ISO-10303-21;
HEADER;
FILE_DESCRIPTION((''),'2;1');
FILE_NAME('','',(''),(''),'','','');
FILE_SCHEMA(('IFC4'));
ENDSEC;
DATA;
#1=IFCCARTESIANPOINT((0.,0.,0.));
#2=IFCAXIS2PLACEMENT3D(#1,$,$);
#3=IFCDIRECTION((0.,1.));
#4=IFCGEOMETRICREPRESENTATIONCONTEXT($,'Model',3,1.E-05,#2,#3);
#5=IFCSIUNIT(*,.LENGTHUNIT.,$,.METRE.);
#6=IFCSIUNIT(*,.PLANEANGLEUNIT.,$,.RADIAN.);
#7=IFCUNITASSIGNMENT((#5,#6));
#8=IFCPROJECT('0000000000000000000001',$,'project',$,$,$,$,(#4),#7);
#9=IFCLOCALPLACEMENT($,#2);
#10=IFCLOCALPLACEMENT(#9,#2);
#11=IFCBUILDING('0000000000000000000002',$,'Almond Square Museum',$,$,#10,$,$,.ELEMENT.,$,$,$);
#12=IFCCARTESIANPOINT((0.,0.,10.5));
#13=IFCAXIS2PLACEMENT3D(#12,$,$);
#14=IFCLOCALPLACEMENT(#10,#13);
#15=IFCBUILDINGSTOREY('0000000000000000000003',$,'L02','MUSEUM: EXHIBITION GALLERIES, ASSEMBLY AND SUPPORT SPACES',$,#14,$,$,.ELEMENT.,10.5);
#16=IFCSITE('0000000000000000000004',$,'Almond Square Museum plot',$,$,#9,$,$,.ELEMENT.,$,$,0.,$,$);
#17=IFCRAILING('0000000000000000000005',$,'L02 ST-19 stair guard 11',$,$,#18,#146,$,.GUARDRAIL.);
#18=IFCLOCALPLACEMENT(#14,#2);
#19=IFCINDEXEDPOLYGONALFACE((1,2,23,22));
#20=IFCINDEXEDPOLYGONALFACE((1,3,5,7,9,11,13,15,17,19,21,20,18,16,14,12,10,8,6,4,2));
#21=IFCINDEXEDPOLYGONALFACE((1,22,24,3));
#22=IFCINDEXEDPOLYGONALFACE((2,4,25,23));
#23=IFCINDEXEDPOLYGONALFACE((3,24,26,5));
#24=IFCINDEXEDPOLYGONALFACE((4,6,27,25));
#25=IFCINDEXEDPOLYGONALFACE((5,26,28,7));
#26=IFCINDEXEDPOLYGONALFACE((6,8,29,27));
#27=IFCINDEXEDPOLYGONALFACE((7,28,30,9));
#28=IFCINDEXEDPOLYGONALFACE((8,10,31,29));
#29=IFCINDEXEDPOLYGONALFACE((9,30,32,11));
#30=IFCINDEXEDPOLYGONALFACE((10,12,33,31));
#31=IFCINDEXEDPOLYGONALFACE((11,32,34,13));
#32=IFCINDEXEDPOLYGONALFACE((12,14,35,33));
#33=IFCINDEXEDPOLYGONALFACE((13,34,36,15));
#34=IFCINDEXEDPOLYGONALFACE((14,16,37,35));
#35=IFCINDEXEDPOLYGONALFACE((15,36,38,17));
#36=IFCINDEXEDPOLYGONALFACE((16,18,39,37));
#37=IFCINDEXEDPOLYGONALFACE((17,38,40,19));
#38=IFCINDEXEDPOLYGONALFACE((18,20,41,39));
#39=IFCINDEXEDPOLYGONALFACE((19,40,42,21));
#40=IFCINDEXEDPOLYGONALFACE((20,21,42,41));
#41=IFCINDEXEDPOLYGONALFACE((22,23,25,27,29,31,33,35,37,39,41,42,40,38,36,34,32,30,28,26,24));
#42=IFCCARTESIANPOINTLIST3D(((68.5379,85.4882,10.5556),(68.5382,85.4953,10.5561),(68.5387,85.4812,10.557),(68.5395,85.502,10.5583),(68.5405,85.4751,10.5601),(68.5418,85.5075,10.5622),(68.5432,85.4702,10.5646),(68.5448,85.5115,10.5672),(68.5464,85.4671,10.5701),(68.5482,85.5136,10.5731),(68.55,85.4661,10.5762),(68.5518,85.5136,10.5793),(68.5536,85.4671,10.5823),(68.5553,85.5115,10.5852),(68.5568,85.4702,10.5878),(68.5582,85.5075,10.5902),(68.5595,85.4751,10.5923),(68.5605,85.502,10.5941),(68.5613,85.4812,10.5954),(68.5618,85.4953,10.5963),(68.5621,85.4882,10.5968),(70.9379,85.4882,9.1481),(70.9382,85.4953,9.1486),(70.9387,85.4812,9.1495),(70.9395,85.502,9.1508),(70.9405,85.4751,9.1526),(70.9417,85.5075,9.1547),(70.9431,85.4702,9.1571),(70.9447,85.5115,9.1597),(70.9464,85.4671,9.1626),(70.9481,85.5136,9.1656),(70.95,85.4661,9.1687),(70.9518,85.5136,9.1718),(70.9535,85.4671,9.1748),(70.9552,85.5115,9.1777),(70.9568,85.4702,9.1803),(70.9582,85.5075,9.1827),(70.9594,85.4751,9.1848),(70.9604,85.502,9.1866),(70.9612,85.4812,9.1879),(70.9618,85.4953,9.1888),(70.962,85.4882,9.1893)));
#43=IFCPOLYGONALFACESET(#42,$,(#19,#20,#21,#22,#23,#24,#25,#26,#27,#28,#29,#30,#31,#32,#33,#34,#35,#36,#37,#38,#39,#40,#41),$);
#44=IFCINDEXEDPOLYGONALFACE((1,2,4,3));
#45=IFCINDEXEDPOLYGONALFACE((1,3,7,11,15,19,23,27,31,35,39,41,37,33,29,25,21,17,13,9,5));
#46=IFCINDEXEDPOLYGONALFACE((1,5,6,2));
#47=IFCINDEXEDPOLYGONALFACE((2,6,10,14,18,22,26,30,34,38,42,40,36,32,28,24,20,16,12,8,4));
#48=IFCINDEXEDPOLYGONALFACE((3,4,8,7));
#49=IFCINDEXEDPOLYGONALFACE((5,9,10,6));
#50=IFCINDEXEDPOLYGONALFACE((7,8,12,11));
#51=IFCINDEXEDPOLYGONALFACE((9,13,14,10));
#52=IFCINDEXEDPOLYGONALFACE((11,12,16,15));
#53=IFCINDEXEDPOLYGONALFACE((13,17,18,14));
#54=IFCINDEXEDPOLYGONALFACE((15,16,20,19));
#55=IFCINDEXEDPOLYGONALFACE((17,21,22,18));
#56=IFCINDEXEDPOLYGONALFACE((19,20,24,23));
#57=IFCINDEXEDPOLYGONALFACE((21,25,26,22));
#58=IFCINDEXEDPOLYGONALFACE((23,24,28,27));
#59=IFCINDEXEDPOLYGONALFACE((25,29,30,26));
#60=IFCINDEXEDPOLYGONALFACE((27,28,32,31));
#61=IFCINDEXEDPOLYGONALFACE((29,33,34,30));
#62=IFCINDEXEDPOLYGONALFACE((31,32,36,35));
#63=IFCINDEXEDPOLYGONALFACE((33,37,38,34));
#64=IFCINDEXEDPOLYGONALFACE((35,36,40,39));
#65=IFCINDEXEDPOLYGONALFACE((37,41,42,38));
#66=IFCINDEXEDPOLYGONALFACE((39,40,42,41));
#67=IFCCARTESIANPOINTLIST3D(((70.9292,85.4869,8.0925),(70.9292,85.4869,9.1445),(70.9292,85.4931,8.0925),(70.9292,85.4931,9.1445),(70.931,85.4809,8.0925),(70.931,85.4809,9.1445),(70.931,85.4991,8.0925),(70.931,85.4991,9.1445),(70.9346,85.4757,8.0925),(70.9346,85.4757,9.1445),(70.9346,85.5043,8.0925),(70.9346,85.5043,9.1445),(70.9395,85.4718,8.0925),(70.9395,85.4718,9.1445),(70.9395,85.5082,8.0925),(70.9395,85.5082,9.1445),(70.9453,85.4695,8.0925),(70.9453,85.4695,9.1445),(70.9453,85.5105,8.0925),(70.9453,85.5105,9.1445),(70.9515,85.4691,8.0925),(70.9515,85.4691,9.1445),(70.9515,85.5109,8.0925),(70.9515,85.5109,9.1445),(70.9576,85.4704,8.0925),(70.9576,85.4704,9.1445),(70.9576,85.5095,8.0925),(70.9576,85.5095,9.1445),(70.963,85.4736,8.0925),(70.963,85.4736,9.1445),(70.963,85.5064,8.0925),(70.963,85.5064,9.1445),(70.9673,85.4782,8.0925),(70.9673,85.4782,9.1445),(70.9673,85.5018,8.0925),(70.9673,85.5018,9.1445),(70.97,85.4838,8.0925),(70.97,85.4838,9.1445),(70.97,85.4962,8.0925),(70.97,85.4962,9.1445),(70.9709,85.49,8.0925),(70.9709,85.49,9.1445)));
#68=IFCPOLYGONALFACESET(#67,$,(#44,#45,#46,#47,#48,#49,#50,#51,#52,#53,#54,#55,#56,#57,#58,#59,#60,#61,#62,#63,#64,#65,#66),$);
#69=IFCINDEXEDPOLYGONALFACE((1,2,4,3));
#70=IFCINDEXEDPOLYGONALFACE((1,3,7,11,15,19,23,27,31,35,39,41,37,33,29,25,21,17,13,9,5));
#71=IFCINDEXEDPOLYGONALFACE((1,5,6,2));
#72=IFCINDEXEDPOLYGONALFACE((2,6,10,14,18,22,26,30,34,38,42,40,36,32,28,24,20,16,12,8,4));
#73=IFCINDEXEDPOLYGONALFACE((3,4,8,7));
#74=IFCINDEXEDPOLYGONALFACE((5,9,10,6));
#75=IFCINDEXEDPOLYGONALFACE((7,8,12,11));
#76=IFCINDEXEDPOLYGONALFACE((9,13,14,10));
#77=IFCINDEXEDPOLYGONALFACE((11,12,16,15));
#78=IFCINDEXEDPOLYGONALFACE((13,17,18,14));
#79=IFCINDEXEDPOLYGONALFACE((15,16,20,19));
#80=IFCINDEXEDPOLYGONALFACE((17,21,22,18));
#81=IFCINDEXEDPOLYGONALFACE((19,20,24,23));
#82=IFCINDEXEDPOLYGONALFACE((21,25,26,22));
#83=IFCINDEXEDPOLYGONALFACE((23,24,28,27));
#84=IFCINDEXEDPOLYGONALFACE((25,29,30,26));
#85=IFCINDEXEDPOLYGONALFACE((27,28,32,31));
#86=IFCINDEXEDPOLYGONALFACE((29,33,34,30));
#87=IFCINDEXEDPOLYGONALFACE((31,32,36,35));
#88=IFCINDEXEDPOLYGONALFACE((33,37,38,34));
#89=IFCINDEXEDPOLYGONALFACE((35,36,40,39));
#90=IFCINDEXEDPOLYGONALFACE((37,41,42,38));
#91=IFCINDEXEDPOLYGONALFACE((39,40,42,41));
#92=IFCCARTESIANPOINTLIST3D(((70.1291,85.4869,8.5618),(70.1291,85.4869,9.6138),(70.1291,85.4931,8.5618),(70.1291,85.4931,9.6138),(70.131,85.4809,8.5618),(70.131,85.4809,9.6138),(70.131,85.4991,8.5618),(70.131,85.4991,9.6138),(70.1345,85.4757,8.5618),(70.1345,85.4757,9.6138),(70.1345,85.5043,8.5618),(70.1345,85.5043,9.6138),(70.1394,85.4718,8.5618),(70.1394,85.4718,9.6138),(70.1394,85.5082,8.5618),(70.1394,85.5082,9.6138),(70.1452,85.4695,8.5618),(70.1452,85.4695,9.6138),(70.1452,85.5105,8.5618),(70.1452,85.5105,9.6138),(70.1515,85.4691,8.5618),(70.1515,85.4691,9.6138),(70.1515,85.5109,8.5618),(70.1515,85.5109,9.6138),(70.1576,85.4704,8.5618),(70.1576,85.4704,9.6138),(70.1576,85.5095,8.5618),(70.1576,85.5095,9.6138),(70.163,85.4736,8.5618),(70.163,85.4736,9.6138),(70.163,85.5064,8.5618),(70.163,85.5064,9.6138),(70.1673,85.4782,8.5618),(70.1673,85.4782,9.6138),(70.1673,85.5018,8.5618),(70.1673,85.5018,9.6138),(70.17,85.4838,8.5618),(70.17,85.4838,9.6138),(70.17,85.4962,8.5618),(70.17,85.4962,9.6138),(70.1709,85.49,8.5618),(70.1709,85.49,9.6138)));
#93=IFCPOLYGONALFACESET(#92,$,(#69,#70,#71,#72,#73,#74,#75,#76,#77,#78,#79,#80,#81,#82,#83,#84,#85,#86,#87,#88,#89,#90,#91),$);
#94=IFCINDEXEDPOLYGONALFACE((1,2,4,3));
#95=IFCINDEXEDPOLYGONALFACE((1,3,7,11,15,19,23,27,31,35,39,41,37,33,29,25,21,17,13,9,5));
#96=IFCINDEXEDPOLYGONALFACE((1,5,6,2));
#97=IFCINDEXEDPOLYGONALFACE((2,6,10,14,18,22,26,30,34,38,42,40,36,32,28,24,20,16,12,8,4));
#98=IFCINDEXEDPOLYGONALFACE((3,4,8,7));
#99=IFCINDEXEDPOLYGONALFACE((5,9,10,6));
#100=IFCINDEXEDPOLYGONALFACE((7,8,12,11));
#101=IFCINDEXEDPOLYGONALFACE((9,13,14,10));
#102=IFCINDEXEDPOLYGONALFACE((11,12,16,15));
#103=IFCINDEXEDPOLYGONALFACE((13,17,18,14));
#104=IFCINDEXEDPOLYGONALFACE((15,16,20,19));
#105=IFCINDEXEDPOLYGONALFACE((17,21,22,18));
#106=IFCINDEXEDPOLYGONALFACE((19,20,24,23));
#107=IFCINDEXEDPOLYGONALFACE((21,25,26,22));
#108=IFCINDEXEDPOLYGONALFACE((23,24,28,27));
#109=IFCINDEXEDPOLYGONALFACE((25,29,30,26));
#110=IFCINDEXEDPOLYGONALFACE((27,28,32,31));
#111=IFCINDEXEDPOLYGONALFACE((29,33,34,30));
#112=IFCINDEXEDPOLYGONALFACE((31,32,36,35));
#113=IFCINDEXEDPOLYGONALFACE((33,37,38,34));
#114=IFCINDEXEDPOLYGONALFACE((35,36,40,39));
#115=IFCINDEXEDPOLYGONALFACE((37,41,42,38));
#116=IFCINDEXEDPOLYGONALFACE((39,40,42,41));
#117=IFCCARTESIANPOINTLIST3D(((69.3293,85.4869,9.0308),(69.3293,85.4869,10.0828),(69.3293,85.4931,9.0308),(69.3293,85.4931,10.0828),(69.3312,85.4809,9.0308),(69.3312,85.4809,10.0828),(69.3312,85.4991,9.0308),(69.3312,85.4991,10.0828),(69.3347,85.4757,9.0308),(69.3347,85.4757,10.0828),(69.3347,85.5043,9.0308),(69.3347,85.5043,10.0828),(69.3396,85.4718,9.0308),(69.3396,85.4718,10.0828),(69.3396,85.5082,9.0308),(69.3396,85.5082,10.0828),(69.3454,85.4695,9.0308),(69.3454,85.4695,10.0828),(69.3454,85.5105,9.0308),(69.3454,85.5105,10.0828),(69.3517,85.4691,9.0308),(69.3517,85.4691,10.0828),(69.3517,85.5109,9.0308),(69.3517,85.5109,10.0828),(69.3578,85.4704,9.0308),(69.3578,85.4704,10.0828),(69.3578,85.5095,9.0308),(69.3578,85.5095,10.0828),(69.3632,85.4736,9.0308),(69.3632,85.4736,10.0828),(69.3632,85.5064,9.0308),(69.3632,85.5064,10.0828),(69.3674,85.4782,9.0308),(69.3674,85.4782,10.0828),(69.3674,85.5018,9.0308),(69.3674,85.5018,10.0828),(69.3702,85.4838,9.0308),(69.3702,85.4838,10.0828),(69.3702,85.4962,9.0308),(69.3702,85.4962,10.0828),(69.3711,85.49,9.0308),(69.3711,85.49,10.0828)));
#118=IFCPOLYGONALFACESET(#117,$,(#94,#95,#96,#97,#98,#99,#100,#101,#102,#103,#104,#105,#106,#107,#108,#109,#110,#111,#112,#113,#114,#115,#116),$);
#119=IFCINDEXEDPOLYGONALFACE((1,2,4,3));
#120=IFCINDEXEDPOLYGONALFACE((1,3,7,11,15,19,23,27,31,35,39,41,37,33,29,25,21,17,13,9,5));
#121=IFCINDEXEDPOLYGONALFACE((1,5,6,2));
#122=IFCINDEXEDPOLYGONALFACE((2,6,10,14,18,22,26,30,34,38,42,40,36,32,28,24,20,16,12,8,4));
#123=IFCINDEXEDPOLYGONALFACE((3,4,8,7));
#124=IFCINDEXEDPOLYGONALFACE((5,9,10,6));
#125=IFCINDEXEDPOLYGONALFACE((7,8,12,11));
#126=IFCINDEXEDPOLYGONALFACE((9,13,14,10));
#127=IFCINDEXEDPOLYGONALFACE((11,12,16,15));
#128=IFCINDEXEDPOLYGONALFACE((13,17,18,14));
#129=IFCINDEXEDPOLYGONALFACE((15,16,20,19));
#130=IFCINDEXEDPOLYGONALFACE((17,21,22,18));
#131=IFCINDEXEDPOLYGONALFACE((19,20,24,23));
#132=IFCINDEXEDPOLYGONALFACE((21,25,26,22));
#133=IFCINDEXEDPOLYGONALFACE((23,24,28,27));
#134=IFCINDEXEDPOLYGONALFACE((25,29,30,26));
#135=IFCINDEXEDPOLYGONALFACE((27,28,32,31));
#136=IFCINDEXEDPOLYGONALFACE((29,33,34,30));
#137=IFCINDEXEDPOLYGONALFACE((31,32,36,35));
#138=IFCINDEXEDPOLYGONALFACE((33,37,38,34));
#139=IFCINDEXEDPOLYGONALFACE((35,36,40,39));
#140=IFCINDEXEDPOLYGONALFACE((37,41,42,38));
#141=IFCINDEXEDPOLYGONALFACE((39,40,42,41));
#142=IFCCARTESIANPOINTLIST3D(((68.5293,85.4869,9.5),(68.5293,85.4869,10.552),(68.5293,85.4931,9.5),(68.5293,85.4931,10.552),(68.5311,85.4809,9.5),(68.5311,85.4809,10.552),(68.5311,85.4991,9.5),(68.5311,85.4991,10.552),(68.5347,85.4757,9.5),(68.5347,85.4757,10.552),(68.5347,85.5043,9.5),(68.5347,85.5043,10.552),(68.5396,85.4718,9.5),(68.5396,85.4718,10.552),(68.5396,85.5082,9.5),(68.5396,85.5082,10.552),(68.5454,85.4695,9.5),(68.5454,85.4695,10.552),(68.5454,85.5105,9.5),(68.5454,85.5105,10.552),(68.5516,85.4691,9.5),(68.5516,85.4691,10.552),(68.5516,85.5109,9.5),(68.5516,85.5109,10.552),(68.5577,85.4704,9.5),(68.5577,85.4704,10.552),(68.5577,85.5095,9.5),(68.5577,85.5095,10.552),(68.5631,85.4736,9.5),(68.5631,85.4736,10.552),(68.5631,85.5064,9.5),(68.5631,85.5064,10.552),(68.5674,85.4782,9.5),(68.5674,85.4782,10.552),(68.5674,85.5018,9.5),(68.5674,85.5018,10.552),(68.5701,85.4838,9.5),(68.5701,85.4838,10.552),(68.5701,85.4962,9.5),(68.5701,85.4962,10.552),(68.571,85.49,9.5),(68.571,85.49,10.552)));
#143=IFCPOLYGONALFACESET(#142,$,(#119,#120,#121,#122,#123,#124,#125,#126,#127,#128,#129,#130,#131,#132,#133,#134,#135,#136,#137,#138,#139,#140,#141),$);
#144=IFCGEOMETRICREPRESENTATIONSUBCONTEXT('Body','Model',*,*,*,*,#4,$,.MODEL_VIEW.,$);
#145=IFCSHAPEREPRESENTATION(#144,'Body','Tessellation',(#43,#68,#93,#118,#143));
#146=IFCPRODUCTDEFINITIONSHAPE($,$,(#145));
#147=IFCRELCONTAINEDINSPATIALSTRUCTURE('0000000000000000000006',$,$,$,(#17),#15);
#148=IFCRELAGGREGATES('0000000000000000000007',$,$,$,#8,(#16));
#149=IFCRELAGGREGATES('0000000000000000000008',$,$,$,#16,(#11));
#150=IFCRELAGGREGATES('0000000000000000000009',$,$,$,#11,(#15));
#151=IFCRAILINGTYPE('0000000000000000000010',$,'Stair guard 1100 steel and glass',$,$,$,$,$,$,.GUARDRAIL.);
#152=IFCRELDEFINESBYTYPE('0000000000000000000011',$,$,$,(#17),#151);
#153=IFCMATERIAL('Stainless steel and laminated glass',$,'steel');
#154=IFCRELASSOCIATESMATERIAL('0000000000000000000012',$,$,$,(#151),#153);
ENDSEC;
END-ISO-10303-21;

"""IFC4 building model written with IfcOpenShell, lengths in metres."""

from ifc_helpers import new_model, si_unit, direction, frame, origin, origin_2d, place, context, subcontext, project, spatial, circle, extrude, material, type_object, element, save


model = new_model("IFC4")

# Units and contexts
model_context = context("Model", 3, precision=1e-05, world=origin(), true_north=direction((0.0, 1.0)))
body_context = subcontext(model_context, "Body", "Model", "MODEL_VIEW")
ifc_project = project(units=[si_unit("LENGTHUNIT", "METRE"), si_unit("PLANEANGLEUNIT", "RADIAN")], contexts=[model_context])

# Site, building, storey
site_placement = place(None, origin())
site = spatial("IfcSite", under=ifc_project, at=site_placement, Name="Almond Square Museum plot", CompositionType="ELEMENT", RefElevation=0.0)
building_placement = place(site_placement, origin())
building = spatial("IfcBuilding", under=site, at=building_placement, Name="Almond Square Museum", CompositionType="ELEMENT")
storey_placement = place(building_placement, frame((0.0, 0.0, 10.5)))
storey = spatial("IfcBuildingStorey", under=building, at=storey_placement, Name="L02", Description="MUSEUM: EXHIBITION GALLERIES, ASSEMBLY AND SUPPORT SPACES", CompositionType="ELEMENT", Elevation=10.5)

# Railing
ifc_material_1 = material(Name="Stainless steel and laminated glass", Category="steel")
railing_type_1 = type_object("IfcRailingType", Name="Stair guard 1100 steel and glass", PredefinedType="GUARDRAIL", material=ifc_material_1)
railing_1_placement = place(storey_placement, frame((70.95, 85.49, 8.0925)))
element("IfcRailing", 1, at=railing_1_placement, inside=storey, type_object=railing_type_1, Name="L02 ST-19 stair guard 11", PredefinedType="GUARDRAIL", context=body_context, shape_type="SweptSolid", body=[
    extrude(circle(Radius=0.0239, at=origin_2d()), frame((0.0, 0.0, 1.0762), z_axis=(-0.862599, 0.0, 0.505888), x_axis=(0.0, -1.0, 0.0)), (0.0, 0.0, 1.0), 2.7822),
    extrude(circle(Radius=0.021, at=origin_2d()), origin(), (0.0, 0.0, 1.0), 1.052),
    extrude(circle(Radius=0.021, at=origin_2d()), frame((-0.8, 0.0, 0.4692)), (0.0, 0.0, 1.0), 1.052),
    extrude(circle(Radius=0.021, at=origin_2d()), frame((-1.5999, 0.0, 0.9382)), (0.0, 0.0, 1.0), 1.052),
    extrude(circle(Radius=0.021, at=origin_2d()), frame((-2.3999, 0.0, 1.4075)), (0.0, 0.0, 1.0), 1.052),
])

save(model, "model.ifc")
